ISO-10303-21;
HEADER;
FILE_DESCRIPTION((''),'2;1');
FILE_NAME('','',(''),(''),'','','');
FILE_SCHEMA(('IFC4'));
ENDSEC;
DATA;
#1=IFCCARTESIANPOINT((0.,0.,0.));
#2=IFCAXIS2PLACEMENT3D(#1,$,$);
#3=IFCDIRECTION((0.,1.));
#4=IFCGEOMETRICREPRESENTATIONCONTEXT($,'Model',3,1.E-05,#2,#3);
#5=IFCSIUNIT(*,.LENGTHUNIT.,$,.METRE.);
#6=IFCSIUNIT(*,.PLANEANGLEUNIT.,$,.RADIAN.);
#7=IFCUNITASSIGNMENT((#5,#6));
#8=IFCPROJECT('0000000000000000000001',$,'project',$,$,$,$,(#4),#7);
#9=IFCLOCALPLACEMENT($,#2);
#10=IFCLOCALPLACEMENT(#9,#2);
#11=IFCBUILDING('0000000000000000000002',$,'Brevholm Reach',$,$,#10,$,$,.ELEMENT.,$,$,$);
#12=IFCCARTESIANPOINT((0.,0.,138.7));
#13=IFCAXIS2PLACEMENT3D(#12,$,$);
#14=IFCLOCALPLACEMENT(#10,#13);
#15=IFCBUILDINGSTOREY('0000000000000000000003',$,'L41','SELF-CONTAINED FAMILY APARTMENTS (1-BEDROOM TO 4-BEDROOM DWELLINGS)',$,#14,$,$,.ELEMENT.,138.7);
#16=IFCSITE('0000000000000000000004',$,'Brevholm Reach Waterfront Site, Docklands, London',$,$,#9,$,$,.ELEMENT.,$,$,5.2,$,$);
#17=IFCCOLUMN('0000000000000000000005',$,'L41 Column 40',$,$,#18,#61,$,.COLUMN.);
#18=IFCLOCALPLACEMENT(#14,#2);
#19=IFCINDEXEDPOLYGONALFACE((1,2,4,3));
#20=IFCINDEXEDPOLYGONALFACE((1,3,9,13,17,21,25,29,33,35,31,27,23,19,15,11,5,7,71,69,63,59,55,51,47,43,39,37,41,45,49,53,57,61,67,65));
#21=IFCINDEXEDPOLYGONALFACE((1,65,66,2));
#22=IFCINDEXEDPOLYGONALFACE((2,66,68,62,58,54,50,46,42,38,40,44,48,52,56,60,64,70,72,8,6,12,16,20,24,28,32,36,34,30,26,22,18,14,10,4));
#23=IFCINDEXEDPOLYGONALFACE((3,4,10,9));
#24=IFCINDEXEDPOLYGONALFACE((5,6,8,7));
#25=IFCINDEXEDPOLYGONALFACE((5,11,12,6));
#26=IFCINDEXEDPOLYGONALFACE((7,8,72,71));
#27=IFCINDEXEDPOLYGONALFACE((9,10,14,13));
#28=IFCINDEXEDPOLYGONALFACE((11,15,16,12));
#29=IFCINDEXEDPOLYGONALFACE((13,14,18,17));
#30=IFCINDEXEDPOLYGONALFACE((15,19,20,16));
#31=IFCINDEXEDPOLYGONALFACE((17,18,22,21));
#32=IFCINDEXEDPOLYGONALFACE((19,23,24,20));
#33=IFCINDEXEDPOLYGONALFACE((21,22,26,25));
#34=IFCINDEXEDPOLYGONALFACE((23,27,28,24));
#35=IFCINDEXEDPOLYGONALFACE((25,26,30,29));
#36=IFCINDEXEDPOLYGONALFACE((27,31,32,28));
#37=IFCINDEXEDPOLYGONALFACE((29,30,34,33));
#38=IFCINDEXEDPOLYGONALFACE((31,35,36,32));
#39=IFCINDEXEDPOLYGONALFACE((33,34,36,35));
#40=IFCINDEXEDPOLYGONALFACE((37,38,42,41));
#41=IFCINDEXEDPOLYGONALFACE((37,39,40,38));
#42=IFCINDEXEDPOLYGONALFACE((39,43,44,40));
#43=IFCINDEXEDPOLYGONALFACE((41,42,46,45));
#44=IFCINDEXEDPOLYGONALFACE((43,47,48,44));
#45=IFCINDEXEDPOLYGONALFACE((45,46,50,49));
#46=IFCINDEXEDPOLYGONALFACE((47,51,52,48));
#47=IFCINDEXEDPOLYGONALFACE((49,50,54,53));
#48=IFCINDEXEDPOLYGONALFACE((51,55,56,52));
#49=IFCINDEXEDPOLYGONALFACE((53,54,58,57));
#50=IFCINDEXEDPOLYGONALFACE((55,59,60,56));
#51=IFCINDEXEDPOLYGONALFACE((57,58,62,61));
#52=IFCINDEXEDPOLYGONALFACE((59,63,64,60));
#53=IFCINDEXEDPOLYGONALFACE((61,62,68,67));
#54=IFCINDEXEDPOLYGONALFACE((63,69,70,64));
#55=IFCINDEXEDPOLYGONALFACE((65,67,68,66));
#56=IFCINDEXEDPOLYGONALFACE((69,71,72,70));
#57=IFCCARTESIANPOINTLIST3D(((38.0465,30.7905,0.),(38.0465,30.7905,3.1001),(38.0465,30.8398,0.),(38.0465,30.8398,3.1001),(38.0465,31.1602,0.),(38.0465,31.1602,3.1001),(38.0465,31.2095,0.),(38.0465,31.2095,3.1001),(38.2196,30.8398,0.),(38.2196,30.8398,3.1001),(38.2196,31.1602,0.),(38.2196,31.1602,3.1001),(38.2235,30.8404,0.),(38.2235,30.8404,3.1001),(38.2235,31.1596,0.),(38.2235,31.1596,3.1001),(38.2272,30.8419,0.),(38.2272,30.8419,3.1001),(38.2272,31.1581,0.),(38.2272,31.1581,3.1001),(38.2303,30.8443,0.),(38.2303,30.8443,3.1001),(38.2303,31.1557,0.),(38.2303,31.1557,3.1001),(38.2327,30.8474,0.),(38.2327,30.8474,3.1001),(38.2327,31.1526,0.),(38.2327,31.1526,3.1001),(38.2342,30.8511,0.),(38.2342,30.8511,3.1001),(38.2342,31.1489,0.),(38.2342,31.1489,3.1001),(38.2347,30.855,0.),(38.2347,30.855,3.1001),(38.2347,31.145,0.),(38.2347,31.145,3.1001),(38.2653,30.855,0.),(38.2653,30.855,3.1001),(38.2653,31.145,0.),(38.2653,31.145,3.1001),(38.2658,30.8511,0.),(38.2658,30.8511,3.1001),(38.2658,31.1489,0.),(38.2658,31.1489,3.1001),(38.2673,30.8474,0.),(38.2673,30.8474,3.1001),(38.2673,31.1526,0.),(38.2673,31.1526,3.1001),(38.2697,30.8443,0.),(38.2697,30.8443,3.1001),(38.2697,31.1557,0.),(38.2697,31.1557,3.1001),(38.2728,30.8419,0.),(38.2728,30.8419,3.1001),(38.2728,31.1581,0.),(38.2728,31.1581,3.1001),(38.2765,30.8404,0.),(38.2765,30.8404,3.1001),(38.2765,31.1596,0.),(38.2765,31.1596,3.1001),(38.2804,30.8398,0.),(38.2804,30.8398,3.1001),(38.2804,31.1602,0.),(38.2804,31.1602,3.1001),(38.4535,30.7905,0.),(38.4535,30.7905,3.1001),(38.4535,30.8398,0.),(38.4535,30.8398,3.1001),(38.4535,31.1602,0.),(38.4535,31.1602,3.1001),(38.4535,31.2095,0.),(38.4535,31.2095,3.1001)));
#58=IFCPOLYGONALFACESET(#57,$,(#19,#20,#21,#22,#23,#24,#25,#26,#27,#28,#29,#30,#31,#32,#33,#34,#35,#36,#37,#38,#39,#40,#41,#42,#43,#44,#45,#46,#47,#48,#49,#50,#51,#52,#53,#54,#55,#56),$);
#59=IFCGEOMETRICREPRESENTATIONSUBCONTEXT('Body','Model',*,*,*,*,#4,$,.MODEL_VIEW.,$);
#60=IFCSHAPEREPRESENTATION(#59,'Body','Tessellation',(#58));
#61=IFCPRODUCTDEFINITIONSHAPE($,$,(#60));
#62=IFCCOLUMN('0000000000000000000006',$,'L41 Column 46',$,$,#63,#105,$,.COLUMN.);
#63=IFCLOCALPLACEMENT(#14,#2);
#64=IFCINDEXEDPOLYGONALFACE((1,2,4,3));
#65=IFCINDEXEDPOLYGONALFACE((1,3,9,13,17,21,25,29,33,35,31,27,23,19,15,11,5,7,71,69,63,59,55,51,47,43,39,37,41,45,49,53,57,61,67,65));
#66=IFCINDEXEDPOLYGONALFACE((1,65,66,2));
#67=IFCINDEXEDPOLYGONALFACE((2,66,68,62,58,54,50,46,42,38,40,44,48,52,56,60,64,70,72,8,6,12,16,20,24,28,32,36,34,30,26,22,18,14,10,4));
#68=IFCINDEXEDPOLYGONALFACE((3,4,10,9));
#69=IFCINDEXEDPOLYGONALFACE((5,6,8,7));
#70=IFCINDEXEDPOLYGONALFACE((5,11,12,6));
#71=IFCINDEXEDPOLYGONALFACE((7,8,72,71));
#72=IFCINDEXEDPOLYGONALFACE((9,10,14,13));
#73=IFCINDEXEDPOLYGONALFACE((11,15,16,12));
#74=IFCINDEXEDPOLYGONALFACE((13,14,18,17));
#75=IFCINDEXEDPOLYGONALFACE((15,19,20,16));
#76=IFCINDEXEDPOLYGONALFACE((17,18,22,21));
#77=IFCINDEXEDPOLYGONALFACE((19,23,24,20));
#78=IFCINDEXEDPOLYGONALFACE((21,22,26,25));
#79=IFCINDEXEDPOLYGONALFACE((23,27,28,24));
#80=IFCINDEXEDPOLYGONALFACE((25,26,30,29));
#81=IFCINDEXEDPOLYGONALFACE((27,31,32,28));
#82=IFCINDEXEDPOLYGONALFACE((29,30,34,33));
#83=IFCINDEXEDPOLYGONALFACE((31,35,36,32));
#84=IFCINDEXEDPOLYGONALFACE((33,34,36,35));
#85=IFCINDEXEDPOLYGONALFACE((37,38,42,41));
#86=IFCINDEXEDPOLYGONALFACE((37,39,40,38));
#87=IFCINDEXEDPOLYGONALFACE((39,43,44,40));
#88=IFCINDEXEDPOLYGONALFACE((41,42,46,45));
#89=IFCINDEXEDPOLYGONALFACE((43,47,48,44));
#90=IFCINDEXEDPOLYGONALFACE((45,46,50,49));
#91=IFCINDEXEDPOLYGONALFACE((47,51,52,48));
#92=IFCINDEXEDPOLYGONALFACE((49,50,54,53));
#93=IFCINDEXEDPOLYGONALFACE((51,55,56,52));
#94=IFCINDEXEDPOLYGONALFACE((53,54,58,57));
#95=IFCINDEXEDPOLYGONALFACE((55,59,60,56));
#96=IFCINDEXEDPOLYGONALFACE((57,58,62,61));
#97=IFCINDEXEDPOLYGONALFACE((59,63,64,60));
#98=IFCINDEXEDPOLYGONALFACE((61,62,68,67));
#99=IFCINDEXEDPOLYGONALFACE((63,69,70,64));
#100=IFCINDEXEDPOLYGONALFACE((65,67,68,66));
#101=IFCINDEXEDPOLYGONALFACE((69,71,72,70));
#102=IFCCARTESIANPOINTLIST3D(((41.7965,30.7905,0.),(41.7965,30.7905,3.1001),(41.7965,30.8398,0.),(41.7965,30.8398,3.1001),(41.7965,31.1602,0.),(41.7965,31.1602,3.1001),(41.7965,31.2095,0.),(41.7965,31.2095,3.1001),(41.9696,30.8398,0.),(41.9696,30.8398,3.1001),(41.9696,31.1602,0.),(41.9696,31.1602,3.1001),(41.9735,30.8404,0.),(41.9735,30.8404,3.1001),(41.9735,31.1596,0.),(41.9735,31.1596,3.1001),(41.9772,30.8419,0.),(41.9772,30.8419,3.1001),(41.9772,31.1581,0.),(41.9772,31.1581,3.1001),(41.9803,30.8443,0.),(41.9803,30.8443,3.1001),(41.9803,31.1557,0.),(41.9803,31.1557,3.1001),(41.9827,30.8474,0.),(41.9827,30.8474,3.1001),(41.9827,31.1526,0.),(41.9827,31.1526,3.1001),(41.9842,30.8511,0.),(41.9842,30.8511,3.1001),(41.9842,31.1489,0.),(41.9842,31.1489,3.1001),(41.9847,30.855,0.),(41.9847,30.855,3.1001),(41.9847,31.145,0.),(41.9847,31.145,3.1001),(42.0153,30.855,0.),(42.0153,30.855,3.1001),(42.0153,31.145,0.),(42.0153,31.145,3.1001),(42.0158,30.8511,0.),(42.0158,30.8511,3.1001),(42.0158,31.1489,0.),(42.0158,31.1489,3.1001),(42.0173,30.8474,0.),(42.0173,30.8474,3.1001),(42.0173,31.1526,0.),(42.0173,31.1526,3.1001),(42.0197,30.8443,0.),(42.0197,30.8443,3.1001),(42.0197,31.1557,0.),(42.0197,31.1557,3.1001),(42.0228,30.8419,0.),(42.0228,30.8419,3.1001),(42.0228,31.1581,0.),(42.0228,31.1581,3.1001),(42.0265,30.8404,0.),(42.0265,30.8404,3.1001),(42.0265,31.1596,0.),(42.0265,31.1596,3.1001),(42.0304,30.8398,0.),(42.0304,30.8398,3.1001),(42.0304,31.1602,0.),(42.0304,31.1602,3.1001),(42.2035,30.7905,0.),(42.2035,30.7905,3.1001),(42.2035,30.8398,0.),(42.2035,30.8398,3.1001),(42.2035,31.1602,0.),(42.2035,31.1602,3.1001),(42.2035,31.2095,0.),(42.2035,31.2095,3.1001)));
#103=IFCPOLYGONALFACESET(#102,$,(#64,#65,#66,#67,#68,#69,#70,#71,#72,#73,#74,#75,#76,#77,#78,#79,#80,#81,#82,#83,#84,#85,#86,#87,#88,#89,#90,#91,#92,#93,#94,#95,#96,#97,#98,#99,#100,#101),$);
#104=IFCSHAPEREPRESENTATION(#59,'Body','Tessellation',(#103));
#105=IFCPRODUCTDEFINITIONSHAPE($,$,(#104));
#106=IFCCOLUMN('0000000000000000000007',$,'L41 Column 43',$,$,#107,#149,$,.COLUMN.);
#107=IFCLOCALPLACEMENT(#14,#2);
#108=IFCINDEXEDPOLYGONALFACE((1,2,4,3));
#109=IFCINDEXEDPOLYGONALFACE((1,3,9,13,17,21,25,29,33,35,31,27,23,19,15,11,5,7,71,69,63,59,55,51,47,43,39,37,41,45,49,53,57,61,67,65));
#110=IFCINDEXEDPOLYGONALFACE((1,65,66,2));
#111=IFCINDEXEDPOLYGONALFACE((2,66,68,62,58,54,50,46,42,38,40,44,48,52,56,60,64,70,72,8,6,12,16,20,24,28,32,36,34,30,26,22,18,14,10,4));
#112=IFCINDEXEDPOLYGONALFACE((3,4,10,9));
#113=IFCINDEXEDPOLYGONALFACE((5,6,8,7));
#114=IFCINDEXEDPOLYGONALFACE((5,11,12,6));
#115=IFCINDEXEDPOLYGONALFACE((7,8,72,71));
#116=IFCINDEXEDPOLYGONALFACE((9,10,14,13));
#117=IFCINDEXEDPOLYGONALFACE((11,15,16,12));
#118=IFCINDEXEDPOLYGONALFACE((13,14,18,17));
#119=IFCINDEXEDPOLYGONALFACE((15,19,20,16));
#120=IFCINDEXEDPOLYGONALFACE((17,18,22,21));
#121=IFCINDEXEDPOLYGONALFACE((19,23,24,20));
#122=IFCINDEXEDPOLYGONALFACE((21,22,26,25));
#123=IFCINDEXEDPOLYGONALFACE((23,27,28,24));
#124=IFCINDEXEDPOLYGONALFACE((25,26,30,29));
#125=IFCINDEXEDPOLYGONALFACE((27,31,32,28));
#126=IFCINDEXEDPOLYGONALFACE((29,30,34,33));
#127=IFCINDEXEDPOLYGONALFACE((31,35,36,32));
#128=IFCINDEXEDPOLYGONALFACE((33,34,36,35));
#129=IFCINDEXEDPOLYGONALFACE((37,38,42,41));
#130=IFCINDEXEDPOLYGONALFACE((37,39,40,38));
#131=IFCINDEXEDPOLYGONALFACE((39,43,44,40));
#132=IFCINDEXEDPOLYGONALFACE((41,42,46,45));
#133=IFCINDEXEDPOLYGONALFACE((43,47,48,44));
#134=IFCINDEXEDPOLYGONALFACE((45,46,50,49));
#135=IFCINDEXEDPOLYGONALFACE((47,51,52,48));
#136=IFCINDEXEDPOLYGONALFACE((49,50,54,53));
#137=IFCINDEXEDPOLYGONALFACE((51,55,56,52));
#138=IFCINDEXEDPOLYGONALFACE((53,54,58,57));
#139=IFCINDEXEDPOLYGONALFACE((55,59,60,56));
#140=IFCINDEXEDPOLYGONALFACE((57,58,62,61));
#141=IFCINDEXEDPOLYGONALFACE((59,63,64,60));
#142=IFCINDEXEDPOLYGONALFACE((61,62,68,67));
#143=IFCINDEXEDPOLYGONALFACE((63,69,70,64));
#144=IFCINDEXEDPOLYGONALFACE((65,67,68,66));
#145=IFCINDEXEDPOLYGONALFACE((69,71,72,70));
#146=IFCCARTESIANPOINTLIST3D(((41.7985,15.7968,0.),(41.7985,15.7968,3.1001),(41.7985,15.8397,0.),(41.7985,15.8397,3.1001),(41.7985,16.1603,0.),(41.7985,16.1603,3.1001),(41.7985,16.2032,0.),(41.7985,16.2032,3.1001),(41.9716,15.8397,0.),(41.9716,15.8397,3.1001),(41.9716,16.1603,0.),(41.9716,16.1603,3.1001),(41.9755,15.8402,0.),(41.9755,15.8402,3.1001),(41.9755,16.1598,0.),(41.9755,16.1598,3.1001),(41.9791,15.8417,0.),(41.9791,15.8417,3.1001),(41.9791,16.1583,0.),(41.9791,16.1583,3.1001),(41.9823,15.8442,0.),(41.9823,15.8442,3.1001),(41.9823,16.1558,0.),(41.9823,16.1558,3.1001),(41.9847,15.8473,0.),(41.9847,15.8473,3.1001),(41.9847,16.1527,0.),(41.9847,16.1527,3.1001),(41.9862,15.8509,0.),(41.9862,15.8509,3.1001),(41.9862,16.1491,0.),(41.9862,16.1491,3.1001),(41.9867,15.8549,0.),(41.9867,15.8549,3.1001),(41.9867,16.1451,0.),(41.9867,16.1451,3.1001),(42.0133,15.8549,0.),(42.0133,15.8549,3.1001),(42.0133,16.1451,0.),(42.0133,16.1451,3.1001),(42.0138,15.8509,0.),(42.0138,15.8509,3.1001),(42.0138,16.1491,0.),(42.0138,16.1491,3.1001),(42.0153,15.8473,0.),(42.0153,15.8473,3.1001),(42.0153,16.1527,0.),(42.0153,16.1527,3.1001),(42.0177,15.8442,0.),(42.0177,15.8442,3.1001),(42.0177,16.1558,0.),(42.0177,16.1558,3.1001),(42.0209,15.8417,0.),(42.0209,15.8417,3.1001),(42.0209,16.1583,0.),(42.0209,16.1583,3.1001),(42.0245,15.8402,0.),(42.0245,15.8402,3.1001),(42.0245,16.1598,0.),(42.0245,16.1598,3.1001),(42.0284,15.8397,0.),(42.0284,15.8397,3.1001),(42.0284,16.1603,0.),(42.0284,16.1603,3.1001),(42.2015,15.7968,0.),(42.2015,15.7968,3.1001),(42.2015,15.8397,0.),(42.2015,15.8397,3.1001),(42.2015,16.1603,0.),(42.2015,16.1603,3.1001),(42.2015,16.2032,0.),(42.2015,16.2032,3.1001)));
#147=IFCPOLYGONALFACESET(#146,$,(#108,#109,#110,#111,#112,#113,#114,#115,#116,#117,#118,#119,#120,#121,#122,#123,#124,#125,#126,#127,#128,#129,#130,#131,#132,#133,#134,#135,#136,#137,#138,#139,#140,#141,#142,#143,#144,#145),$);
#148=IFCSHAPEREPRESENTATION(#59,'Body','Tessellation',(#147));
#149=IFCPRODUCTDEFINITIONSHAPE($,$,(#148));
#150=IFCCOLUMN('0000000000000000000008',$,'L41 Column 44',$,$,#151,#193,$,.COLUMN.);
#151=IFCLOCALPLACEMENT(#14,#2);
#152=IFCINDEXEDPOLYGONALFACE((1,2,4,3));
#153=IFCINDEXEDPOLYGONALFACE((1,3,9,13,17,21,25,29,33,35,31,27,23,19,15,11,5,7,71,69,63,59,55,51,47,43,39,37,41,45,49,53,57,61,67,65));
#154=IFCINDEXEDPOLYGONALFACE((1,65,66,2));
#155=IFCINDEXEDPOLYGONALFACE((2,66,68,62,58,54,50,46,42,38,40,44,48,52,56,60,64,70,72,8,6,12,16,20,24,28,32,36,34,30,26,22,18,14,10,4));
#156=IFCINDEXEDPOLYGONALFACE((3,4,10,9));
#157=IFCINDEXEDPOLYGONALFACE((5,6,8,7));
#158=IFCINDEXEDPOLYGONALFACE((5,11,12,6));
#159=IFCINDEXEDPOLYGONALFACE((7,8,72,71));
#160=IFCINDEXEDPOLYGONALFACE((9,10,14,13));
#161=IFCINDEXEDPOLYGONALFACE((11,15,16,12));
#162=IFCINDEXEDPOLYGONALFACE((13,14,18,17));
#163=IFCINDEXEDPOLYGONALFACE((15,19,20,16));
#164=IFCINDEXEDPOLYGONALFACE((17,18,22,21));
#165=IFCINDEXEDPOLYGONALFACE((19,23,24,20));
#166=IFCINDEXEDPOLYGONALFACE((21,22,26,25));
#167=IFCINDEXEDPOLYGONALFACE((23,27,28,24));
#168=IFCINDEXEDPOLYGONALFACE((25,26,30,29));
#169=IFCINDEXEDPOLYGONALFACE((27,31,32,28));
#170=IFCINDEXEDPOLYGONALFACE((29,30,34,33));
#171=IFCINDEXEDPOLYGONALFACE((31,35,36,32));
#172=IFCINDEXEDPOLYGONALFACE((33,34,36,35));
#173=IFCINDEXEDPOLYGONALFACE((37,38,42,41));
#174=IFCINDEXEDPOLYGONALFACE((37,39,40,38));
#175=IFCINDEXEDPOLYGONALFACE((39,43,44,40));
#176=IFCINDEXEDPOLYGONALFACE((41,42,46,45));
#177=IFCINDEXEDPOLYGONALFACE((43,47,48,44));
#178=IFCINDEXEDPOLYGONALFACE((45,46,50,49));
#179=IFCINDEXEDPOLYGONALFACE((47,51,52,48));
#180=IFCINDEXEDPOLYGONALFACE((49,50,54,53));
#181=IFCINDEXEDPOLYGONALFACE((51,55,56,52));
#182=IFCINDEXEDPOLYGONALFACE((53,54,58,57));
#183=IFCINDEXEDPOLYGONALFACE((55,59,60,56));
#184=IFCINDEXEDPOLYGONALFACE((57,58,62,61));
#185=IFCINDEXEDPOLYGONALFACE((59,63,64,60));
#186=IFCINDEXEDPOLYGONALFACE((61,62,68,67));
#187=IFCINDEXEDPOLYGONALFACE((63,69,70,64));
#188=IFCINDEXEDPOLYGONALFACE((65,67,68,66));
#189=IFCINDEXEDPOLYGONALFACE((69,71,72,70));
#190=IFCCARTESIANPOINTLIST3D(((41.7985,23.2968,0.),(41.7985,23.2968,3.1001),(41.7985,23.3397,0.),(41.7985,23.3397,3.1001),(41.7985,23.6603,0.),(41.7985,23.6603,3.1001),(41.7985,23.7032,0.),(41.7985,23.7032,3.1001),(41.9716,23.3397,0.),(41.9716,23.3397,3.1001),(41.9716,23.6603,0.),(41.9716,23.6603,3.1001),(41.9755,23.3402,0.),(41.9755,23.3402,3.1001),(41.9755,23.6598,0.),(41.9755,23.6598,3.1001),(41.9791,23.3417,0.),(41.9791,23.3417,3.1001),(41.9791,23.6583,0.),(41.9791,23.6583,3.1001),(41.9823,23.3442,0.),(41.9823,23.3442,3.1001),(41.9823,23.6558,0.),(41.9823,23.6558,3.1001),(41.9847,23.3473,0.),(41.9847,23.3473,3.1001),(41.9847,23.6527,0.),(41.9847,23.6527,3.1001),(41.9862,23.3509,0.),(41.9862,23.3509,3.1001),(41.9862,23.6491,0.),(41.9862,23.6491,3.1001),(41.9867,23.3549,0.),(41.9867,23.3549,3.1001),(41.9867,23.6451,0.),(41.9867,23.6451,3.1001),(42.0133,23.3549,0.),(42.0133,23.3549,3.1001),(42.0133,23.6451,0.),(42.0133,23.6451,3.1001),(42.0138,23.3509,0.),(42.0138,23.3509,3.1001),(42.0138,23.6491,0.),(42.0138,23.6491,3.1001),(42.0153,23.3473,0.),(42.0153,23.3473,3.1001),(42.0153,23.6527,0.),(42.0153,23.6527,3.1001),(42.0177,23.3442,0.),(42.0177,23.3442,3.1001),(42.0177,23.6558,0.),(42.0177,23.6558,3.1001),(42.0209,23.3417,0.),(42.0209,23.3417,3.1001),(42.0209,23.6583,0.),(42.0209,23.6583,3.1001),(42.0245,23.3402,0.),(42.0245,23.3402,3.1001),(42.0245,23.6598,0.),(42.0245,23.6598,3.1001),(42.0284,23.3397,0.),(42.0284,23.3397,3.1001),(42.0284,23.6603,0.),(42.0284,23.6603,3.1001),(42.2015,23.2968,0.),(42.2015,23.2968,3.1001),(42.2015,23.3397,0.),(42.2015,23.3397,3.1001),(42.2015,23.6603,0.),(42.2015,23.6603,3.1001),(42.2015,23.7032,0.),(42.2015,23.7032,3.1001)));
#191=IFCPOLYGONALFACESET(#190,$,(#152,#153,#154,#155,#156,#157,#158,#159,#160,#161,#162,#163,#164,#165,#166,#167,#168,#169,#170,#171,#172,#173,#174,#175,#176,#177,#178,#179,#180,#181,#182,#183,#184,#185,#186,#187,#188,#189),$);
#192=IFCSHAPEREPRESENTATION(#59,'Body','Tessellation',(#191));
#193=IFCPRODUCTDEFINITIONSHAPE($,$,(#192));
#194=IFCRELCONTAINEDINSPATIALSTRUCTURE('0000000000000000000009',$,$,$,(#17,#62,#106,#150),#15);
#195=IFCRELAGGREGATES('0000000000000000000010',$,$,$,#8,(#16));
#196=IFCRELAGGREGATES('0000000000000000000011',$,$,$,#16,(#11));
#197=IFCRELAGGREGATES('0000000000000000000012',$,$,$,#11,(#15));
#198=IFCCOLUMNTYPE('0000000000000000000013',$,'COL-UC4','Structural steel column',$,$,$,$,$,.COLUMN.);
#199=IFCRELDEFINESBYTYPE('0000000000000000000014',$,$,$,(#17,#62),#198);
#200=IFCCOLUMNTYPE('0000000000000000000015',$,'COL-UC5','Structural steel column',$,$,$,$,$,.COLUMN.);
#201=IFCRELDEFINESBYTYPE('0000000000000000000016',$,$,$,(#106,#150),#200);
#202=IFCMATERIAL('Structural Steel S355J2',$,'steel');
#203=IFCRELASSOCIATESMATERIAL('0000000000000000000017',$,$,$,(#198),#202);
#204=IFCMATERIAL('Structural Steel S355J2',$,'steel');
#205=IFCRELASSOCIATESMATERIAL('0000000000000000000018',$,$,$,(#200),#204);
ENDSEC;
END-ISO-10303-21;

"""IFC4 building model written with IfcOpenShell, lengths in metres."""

from ifc_helpers import new_model, si_unit, direction, frame, origin, origin_2d, place, context, subcontext, project, spatial, i_section, extrude, material, material_profile, profile_set, type_object, element, save


model = new_model("IFC4")

# Units and contexts
model_context = context("Model", 3, precision=1e-05, world=origin(), true_north=direction((0.0, 1.0)))
body_context = subcontext(model_context, "Body", "Model", "MODEL_VIEW")
ifc_project = project(units=[si_unit("LENGTHUNIT", "METRE"), si_unit("PLANEANGLEUNIT", "RADIAN")], contexts=[model_context])

# Site, building, storey
site_placement = place(None, origin())
site = spatial("IfcSite", under=ifc_project, at=site_placement, Name="Brevholm Reach Waterfront Site, Docklands, London", CompositionType="ELEMENT", RefElevation=5.2)
building_placement = place(site_placement, origin())
building = spatial("IfcBuilding", under=site, at=building_placement, Name="Brevholm Reach", CompositionType="ELEMENT")
storey_placement = place(building_placement, frame((0.0, 0.0, 138.7)))
storey = spatial("IfcBuildingStorey", under=building, at=storey_placement, Name="L41", Description="SELF-CONTAINED FAMILY APARTMENTS (1-BEDROOM TO 4-BEDROOM DWELLINGS)", CompositionType="ELEMENT", Elevation=138.7)

# Columns
ifc_material_1 = material(Name="Structural Steel S355J2", Category="steel")
ifc_material_profile_1 = material_profile(ifc_material_1, i_section(OverallWidth=0.407, OverallDepth=0.4189, WebThickness=0.0305, FlangeThickness=0.0493, FilletRadius=0.0151, at=origin_2d()), Name="UKC 356x406x393")
ifc_profile_set_1 = profile_set([ifc_material_profile_1], Name="Structural Steel S355J2")
column_type_1 = type_object("IfcColumnType", Name="COL-UC4", Description="Structural steel column", PredefinedType="COLUMN", material=ifc_profile_set_1)
for number, where, z_axis, x_axis, name in (
    (1, (38.25, 31.0, 0.0), (0.0, 0.0, 1.0), (1.0, 0.0, 0.0), "L41 Column 40"),
    (2, (42.0, 31.0, 0.0), (0.0, 0.0, 1.0), (1.0, 0.0, 0.0), "L41 Column 46"),
):
    element("IfcColumn", number, at=place(storey_placement, frame(where, z_axis=z_axis, x_axis=x_axis)), inside=storey, type_object=column_type_1, Name=name, PredefinedType="COLUMN", context=body_context, shape_type="SweptSolid", body=[
        extrude(i_section(OverallWidth=0.407, OverallDepth=0.4189, WebThickness=0.0305, FlangeThickness=0.0493, FilletRadius=0.0151, at=origin_2d()), origin(), (0.0, 0.0, 1.0), 3.1001),
    ])
ifc_material_2 = material(Name="Structural Steel S355J2", Category="steel")
ifc_material_profile_2 = material_profile(ifc_material_2, i_section(OverallWidth=0.4031, OverallDepth=0.4065, WebThickness=0.0266, FlangeThickness=0.043, FilletRadius=0.0151, at=origin_2d()), Name="UKC 356x406x340")
ifc_profile_set_2 = profile_set([ifc_material_profile_2], Name="Structural Steel S355J2")
column_type_2 = type_object("IfcColumnType", Name="COL-UC5", Description="Structural steel column", PredefinedType="COLUMN", material=ifc_profile_set_2)
for number, where, z_axis, x_axis, name in (
    (3, (42.0, 16.0, 0.0), (0.0, 0.0, 1.0), (1.0, 0.0, 0.0), "L41 Column 43"),
    (4, (42.0, 23.5, 0.0), (0.0, 0.0, 1.0), (1.0, 0.0, 0.0), "L41 Column 44"),
):
    element("IfcColumn", number, at=place(storey_placement, frame(where, z_axis=z_axis, x_axis=x_axis)), inside=storey, type_object=column_type_2, Name=name, PredefinedType="COLUMN", context=body_context, shape_type="SweptSolid", body=[
        extrude(i_section(OverallWidth=0.4031, OverallDepth=0.4065, WebThickness=0.0266, FlangeThickness=0.043, FilletRadius=0.0151, at=origin_2d()), origin(), (0.0, 0.0, 1.0), 3.1001),
    ])

save(model, "model.ifc")
